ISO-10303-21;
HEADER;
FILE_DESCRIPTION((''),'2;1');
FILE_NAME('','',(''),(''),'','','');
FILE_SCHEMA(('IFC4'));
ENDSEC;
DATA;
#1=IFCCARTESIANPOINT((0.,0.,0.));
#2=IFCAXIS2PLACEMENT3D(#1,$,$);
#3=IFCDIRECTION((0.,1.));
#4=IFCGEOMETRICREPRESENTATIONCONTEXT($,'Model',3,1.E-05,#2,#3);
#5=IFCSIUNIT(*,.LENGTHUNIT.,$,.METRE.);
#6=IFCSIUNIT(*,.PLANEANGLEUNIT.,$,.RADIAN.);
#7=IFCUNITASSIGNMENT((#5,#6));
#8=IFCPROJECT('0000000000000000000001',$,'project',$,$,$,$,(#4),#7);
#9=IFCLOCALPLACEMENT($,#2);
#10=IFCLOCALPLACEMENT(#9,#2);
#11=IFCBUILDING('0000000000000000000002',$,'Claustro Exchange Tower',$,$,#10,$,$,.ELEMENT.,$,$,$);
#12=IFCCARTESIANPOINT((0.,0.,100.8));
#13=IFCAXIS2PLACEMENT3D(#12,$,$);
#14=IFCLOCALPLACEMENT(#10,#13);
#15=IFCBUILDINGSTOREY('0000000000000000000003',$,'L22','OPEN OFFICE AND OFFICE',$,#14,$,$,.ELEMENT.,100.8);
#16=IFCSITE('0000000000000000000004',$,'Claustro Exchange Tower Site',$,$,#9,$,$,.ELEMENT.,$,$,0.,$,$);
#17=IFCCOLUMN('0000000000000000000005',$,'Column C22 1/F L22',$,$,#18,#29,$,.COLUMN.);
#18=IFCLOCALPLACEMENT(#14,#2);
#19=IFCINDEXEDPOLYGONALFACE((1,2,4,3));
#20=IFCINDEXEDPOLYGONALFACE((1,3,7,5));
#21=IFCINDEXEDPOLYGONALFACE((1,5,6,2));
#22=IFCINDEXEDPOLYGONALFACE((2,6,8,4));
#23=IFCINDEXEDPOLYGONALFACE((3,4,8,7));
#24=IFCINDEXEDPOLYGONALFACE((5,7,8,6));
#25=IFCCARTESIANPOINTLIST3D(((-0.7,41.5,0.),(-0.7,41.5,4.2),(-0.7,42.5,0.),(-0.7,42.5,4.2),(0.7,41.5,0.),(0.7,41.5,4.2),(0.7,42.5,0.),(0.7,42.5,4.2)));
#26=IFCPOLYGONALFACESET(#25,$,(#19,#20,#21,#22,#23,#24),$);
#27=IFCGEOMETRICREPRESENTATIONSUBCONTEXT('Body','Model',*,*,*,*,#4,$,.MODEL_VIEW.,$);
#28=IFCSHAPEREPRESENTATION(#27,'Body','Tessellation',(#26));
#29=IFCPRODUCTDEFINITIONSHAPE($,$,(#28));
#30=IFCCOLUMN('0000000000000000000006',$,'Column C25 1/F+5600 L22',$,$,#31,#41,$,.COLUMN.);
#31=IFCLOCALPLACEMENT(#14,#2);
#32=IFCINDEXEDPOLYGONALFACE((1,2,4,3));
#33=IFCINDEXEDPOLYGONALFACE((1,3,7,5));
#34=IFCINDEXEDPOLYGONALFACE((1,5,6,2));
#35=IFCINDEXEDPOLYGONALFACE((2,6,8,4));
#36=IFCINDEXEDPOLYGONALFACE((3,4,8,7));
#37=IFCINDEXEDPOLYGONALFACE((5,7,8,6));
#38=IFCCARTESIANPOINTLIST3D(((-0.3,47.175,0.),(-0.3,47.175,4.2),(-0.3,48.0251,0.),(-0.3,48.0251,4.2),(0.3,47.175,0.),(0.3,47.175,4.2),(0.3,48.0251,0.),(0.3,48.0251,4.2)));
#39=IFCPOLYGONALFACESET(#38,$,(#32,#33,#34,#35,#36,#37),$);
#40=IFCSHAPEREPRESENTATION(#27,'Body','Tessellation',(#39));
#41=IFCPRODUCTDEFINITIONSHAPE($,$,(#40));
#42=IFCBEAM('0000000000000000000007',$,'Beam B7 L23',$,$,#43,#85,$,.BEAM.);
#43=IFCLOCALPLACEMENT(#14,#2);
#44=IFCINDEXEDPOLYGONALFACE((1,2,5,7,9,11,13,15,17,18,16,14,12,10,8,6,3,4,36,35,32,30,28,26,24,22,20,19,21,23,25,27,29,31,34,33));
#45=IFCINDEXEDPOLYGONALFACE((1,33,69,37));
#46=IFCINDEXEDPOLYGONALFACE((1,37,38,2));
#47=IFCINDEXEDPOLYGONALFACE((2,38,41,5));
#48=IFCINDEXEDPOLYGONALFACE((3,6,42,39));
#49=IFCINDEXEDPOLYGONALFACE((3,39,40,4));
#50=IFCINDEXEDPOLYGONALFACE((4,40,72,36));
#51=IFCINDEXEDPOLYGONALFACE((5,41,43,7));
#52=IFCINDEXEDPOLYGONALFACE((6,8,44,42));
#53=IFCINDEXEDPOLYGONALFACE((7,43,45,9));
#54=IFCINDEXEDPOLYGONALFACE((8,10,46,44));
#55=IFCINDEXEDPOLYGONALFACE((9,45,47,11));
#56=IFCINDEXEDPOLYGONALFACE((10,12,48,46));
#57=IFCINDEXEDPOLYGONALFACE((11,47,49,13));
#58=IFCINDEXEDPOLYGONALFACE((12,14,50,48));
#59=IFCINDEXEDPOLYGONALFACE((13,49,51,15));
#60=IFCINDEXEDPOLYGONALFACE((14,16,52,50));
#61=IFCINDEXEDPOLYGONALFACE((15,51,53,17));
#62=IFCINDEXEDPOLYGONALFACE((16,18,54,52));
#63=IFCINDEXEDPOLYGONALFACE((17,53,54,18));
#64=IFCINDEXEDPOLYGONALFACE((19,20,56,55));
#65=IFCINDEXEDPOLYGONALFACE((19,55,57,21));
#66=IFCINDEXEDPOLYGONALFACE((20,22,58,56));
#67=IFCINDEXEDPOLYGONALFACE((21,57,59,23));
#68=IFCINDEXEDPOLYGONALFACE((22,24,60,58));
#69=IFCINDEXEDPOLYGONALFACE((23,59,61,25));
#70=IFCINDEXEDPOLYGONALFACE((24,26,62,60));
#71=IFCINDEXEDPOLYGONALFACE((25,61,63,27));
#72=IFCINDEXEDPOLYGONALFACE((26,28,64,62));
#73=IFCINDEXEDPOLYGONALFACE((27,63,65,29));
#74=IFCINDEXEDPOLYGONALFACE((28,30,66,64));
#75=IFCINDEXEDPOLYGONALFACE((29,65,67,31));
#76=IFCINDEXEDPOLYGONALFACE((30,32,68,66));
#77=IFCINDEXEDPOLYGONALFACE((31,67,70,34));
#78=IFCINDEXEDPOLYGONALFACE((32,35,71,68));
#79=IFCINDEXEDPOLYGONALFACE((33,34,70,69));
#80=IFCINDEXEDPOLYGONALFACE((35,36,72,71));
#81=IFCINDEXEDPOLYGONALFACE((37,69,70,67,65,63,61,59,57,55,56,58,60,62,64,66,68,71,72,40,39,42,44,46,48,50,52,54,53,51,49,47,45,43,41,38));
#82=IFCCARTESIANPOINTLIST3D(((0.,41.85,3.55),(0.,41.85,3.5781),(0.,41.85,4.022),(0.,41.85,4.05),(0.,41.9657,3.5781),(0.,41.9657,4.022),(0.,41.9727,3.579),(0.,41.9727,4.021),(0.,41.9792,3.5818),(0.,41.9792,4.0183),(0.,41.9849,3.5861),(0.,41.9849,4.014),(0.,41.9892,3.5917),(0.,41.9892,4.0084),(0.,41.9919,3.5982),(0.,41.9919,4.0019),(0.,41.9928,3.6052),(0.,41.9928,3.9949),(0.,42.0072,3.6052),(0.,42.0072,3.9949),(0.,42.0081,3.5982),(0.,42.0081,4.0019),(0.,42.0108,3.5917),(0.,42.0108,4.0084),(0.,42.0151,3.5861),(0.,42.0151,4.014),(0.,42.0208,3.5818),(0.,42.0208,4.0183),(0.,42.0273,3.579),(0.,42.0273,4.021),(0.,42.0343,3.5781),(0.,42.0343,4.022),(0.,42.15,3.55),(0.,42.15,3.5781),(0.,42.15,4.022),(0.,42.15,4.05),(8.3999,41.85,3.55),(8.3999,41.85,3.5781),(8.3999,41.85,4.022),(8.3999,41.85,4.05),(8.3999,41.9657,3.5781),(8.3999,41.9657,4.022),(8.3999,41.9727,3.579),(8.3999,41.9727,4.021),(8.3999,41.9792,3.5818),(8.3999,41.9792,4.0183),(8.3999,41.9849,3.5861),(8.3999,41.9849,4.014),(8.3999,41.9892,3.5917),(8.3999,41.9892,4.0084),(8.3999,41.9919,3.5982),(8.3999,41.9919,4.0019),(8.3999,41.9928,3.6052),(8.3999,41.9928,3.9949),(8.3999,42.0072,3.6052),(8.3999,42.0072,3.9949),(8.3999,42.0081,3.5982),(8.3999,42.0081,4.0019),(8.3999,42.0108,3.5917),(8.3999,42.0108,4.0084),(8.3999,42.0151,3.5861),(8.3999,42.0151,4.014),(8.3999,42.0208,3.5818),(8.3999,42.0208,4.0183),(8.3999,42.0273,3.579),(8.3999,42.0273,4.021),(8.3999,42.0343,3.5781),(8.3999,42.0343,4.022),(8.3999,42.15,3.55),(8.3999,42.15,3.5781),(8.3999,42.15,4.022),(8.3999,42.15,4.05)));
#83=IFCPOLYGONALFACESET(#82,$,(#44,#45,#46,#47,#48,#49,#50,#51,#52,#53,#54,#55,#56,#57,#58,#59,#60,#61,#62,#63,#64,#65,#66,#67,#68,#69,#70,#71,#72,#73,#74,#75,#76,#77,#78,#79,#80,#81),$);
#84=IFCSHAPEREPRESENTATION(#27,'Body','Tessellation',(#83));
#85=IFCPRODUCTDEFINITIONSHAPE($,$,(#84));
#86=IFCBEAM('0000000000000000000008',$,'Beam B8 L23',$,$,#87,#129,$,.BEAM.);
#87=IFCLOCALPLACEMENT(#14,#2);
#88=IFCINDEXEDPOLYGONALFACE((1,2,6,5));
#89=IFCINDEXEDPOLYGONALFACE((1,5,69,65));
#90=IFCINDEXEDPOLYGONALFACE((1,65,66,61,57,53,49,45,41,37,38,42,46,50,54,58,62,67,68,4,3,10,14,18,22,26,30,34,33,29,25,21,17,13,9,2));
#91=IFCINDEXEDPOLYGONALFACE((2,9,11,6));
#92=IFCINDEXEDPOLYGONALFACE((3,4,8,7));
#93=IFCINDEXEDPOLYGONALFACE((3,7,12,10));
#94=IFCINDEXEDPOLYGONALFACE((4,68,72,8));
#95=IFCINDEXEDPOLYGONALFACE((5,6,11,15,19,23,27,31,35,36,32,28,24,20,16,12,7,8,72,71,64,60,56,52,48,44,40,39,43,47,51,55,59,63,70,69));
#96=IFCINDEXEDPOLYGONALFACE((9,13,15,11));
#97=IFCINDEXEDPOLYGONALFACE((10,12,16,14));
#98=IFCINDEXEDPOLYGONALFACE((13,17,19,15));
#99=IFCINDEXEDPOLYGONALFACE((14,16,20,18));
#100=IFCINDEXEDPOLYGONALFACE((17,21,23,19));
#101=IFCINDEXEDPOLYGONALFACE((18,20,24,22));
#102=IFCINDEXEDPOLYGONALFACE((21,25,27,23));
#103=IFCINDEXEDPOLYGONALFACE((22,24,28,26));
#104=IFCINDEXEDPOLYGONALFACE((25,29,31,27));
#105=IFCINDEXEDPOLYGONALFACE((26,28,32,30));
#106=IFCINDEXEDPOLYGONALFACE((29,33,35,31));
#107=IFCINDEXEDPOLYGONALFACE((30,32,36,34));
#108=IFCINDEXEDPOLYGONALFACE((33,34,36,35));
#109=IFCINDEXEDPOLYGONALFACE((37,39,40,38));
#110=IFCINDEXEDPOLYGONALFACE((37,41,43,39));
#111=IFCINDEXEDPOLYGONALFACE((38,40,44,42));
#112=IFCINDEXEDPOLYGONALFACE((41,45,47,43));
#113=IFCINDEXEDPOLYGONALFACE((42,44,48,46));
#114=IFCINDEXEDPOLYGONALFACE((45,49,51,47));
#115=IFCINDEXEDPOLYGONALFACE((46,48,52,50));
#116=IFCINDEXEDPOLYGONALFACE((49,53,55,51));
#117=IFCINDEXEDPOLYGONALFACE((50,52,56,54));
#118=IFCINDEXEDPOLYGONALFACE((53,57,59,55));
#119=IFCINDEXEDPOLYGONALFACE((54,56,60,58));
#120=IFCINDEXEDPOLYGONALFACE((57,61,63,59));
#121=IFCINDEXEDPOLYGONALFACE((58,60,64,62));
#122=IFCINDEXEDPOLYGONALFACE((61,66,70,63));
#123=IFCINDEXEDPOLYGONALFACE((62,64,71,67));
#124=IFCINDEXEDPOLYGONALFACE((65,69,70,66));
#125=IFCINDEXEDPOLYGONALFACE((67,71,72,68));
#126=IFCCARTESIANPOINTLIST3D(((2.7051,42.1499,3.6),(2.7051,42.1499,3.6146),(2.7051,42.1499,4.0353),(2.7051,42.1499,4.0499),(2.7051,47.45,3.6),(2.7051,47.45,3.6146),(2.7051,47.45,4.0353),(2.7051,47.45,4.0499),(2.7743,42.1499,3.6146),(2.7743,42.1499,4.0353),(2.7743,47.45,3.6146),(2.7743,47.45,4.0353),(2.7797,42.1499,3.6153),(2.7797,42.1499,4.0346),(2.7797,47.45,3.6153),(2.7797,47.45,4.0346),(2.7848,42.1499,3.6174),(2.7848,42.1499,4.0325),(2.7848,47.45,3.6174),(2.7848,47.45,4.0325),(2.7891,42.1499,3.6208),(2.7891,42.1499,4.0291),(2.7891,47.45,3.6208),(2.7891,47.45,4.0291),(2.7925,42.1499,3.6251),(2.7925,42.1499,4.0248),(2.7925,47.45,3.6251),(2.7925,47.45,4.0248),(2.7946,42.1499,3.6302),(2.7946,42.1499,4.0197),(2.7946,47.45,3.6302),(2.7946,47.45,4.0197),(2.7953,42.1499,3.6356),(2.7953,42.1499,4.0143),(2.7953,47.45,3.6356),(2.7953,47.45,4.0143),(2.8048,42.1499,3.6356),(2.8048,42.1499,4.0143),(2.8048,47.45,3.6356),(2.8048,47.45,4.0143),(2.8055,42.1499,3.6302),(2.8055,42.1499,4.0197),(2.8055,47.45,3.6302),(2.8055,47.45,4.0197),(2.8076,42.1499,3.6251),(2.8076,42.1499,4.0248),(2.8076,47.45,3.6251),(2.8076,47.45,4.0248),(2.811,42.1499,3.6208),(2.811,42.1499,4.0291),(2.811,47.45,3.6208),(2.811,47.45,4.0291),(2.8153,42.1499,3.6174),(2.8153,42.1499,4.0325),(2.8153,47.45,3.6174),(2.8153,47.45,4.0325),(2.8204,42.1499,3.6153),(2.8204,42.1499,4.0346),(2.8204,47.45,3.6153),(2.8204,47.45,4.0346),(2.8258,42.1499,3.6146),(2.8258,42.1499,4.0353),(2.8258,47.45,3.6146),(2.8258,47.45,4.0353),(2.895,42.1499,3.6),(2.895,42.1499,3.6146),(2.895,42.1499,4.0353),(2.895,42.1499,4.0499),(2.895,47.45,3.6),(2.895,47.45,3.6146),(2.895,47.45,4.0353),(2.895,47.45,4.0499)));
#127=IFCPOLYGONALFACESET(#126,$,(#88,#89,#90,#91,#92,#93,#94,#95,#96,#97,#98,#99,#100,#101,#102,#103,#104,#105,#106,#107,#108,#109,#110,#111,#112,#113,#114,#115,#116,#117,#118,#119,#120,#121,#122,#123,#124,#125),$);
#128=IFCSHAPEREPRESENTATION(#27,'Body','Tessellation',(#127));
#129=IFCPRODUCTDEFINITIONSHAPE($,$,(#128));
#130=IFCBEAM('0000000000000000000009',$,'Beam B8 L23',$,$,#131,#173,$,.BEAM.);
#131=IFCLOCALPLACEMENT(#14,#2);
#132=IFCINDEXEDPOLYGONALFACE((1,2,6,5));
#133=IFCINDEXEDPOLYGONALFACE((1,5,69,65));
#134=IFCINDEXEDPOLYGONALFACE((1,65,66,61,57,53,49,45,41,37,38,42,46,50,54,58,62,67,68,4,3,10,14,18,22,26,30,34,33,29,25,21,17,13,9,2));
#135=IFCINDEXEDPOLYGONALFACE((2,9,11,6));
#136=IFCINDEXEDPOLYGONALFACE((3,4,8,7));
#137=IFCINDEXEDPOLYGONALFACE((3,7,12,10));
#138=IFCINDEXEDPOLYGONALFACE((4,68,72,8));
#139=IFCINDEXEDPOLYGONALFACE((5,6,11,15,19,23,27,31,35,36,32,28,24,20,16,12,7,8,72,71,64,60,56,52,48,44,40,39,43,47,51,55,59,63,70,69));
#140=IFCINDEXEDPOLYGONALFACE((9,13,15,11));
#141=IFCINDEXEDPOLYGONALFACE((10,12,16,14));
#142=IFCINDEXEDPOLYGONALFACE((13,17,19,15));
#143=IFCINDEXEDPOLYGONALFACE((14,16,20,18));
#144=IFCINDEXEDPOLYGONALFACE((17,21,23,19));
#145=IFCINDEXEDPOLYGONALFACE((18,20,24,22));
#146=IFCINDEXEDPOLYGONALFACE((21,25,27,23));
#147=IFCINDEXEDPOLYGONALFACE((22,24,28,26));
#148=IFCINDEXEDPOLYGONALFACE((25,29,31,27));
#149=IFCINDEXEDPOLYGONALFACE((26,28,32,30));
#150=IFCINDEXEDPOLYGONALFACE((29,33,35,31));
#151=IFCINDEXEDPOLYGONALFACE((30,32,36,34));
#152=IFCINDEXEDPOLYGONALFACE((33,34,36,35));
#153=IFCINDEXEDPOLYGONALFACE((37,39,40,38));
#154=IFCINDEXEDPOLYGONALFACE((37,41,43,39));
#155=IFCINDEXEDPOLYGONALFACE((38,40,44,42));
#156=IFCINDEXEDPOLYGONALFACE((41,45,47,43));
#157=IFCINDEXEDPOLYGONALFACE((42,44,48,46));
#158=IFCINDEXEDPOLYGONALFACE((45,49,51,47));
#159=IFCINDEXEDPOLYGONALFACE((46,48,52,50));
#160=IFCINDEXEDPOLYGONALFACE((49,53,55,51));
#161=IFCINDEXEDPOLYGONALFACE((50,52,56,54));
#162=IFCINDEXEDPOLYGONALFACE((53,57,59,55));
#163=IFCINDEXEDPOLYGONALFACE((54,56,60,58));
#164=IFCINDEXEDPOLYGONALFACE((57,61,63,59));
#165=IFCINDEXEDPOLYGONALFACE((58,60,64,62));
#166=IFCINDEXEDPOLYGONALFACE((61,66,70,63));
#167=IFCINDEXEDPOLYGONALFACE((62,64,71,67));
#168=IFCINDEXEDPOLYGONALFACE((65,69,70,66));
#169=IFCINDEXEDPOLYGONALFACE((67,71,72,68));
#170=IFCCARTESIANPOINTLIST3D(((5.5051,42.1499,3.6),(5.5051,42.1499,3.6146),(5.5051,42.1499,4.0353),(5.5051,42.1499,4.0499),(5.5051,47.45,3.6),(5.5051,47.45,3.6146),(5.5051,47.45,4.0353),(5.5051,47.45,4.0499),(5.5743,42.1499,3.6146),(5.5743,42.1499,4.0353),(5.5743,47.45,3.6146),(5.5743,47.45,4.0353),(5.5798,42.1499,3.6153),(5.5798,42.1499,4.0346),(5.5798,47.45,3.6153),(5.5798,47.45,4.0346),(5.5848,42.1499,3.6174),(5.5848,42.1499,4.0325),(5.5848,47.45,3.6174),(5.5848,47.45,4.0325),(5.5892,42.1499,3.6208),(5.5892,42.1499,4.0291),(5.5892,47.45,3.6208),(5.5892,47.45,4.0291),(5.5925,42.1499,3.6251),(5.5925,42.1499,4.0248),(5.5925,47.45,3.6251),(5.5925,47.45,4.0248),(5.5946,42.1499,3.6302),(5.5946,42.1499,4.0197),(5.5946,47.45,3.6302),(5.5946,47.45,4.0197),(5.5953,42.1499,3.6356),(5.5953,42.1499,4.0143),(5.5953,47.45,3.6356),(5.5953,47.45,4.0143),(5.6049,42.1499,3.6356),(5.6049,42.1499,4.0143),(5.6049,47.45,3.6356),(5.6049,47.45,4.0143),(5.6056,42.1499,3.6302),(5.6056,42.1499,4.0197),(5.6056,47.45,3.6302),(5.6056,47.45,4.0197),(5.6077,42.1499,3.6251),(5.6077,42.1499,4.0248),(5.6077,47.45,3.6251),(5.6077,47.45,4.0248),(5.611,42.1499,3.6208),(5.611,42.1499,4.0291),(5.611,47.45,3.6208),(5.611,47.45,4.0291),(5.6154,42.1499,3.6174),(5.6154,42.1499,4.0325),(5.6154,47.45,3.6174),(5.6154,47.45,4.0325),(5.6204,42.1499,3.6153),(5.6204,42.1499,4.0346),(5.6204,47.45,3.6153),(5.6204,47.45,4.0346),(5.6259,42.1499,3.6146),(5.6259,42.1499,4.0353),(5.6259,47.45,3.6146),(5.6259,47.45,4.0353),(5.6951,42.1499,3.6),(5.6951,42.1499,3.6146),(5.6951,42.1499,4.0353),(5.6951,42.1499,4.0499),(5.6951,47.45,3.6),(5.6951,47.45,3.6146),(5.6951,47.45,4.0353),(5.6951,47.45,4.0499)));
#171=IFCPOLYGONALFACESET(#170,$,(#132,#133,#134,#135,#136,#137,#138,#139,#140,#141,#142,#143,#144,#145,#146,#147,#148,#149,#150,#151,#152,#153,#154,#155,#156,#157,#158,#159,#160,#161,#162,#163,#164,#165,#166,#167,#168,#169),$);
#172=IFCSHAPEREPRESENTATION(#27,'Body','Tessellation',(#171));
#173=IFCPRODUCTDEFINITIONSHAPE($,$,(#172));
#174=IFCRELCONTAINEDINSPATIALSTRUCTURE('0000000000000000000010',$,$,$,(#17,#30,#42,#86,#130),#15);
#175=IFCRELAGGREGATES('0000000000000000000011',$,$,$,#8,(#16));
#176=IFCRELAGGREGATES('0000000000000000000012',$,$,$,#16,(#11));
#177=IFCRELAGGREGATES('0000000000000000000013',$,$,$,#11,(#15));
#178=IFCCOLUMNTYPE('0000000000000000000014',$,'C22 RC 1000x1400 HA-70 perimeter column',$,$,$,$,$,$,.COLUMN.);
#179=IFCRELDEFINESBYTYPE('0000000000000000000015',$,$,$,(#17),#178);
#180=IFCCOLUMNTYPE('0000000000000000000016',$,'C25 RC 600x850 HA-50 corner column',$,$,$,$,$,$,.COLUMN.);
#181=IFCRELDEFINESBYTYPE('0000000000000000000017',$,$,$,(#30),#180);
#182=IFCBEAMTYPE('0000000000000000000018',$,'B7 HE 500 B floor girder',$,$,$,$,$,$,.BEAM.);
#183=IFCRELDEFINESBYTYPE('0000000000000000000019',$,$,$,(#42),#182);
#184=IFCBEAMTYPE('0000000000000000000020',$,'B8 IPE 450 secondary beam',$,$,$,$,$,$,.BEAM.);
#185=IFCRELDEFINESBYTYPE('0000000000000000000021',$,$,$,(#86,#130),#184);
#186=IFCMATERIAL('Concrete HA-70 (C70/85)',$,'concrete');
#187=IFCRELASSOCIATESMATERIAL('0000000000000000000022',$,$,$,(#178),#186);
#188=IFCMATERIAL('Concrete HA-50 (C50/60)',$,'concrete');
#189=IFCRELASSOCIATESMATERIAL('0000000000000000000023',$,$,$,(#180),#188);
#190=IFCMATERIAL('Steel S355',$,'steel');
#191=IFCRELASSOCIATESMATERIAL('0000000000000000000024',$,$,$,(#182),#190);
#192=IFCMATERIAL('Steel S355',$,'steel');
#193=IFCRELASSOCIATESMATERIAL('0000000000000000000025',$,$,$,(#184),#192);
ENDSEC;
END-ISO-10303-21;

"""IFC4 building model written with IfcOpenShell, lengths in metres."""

from ifc_helpers import new_model, si_unit, direction, frame, origin, origin_2d, place, context, subcontext, project, spatial, rectangle, i_section, extrude, material, material_profile, profile_set, type_object, element, save


model = new_model("IFC4")

# Units and contexts
model_context = context("Model", 3, precision=1e-05, world=origin(), true_north=direction((0.0, 1.0)))
body_context = subcontext(model_context, "Body", "Model", "MODEL_VIEW")
ifc_project = project(units=[si_unit("LENGTHUNIT", "METRE"), si_unit("PLANEANGLEUNIT", "RADIAN")], contexts=[model_context])

# Site, building, storey
site_placement = place(None, origin())
site = spatial("IfcSite", under=ifc_project, at=site_placement, Name="Claustro Exchange Tower Site", CompositionType="ELEMENT", RefElevation=0.0)
building_placement = place(site_placement, origin())
building = spatial("IfcBuilding", under=site, at=building_placement, Name="Claustro Exchange Tower", CompositionType="ELEMENT")
storey_placement = place(building_placement, frame((0.0, 0.0, 100.8)))
storey = spatial("IfcBuildingStorey", under=building, at=storey_placement, Name="L22", Description="OPEN OFFICE AND OFFICE", CompositionType="ELEMENT", Elevation=100.8)

# Columns
ifc_material_1 = material(Name="Concrete HA-70 (C70/85)", Category="concrete")
ifc_material_profile_1 = material_profile(ifc_material_1, rectangle(XDim=1.0, YDim=1.3999, at=origin_2d()), Name="RC 1000x1400")
ifc_profile_set_1 = profile_set([ifc_material_profile_1], Name="Concrete HA-70 (C70/85)")
column_type_1 = type_object("IfcColumnType", Name="C22 RC 1000x1400 HA-70 perimeter column", PredefinedType="COLUMN", material=ifc_profile_set_1)
column_1_placement = place(storey_placement, frame((0.0, 42.0, 0.0), z_axis=(0.0, 0.0, 1.0), x_axis=(0.0, 1.0, 0.0)))
element("IfcColumn", 1, at=column_1_placement, inside=storey, type_object=column_type_1, Name="Column C22 1/F L22", PredefinedType="COLUMN", context=body_context, shape_type="SweptSolid", body=[
    extrude(rectangle(XDim=1.0, YDim=1.3999, at=origin_2d()), origin(), (0.0, 0.0, 1.0), 4.2),
])
ifc_material_2 = material(Name="Concrete HA-50 (C50/60)", Category="concrete")
ifc_material_profile_2 = material_profile(ifc_material_2, rectangle(XDim=0.6001, YDim=0.8501, at=origin_2d()), Name="RC 600x850")
ifc_profile_set_2 = profile_set([ifc_material_profile_2], Name="Concrete HA-50 (C50/60)")
column_type_2 = type_object("IfcColumnType", Name="C25 RC 600x850 HA-50 corner column", PredefinedType="COLUMN", material=ifc_profile_set_2)
column_2_placement = place(storey_placement, frame((0.0, 47.6001, 0.0), z_axis=(0.0, 0.0, 1.0), x_axis=(1.0, 0.0, 0.0)))
element("IfcColumn", 2, at=column_2_placement, inside=storey, type_object=column_type_2, Name="Column C25 1/F+5600 L22", PredefinedType="COLUMN", context=body_context, shape_type="SweptSolid", body=[
    extrude(rectangle(XDim=0.6001, YDim=0.8501, at=origin_2d()), origin(), (0.0, 0.0, 1.0), 4.2),
])

# Beams
ifc_material_3 = material(Name="Steel S355", Category="steel")
ifc_material_profile_3 = material_profile(ifc_material_3, i_section(OverallWidth=0.3, OverallDepth=0.5, WebThickness=0.0144, FlangeThickness=0.0281, FilletRadius=0.0271, at=origin_2d()), Name="HE 500 B")
ifc_profile_set_3 = profile_set([ifc_material_profile_3], Name="Steel S355")
beam_type_1 = type_object("IfcBeamType", Name="B7 HE 500 B floor girder", PredefinedType="BEAM", material=ifc_profile_set_3)
beam_1_placement = place(storey_placement, frame((0.0, 42.0, 3.8), z_axis=(1.0, 0.0, 0.0), x_axis=(0.0, 1.0, 0.0)))
element("IfcBeam", 3, at=beam_1_placement, inside=storey, type_object=beam_type_1, Name="Beam B7 L23", PredefinedType="BEAM", context=body_context, shape_type="SweptSolid", body=[
    extrude(i_section(OverallWidth=0.3, OverallDepth=0.5, WebThickness=0.0144, FlangeThickness=0.0281, FilletRadius=0.0271, at=origin_2d()), origin(), (0.0, 0.0, 1.0), 8.3999),
])
ifc_material_4 = material(Name="Steel S355", Category="steel")
ifc_material_profile_4 = material_profile(ifc_material_4, i_section(OverallWidth=0.1899, OverallDepth=0.45, WebThickness=0.0095, FlangeThickness=0.0146, FilletRadius=0.021, at=origin_2d()), Name="IPE 450")
ifc_profile_set_4 = profile_set([ifc_material_profile_4], Name="Steel S355")
beam_type_2 = type_object("IfcBeamType", Name="B8 IPE 450 secondary beam", PredefinedType="BEAM", material=ifc_profile_set_4)
for number, where, z_axis, x_axis, name in (
    (4, (2.8, 42.1499, 3.825), (0.0, 1.0, 0.0), (-1.0, 0.0, 0.0), "Beam B8 L23"),
    (5, (5.6001, 42.1499, 3.825), (0.0, 1.0, 0.0), (-1.0, 0.0, 0.0), "Beam B8 L23"),
):
    element("IfcBeam", number, at=place(storey_placement, frame(where, z_axis=z_axis, x_axis=x_axis)), inside=storey, type_object=beam_type_2, Name=name, PredefinedType="BEAM", context=body_context, shape_type="SweptSolid", body=[
        extrude(i_section(OverallWidth=0.1899, OverallDepth=0.45, WebThickness=0.0095, FlangeThickness=0.0146, FilletRadius=0.021, at=origin_2d()), origin(), (0.0, 0.0, 1.0), 5.3),
    ])

save(model, "model.ifc")
